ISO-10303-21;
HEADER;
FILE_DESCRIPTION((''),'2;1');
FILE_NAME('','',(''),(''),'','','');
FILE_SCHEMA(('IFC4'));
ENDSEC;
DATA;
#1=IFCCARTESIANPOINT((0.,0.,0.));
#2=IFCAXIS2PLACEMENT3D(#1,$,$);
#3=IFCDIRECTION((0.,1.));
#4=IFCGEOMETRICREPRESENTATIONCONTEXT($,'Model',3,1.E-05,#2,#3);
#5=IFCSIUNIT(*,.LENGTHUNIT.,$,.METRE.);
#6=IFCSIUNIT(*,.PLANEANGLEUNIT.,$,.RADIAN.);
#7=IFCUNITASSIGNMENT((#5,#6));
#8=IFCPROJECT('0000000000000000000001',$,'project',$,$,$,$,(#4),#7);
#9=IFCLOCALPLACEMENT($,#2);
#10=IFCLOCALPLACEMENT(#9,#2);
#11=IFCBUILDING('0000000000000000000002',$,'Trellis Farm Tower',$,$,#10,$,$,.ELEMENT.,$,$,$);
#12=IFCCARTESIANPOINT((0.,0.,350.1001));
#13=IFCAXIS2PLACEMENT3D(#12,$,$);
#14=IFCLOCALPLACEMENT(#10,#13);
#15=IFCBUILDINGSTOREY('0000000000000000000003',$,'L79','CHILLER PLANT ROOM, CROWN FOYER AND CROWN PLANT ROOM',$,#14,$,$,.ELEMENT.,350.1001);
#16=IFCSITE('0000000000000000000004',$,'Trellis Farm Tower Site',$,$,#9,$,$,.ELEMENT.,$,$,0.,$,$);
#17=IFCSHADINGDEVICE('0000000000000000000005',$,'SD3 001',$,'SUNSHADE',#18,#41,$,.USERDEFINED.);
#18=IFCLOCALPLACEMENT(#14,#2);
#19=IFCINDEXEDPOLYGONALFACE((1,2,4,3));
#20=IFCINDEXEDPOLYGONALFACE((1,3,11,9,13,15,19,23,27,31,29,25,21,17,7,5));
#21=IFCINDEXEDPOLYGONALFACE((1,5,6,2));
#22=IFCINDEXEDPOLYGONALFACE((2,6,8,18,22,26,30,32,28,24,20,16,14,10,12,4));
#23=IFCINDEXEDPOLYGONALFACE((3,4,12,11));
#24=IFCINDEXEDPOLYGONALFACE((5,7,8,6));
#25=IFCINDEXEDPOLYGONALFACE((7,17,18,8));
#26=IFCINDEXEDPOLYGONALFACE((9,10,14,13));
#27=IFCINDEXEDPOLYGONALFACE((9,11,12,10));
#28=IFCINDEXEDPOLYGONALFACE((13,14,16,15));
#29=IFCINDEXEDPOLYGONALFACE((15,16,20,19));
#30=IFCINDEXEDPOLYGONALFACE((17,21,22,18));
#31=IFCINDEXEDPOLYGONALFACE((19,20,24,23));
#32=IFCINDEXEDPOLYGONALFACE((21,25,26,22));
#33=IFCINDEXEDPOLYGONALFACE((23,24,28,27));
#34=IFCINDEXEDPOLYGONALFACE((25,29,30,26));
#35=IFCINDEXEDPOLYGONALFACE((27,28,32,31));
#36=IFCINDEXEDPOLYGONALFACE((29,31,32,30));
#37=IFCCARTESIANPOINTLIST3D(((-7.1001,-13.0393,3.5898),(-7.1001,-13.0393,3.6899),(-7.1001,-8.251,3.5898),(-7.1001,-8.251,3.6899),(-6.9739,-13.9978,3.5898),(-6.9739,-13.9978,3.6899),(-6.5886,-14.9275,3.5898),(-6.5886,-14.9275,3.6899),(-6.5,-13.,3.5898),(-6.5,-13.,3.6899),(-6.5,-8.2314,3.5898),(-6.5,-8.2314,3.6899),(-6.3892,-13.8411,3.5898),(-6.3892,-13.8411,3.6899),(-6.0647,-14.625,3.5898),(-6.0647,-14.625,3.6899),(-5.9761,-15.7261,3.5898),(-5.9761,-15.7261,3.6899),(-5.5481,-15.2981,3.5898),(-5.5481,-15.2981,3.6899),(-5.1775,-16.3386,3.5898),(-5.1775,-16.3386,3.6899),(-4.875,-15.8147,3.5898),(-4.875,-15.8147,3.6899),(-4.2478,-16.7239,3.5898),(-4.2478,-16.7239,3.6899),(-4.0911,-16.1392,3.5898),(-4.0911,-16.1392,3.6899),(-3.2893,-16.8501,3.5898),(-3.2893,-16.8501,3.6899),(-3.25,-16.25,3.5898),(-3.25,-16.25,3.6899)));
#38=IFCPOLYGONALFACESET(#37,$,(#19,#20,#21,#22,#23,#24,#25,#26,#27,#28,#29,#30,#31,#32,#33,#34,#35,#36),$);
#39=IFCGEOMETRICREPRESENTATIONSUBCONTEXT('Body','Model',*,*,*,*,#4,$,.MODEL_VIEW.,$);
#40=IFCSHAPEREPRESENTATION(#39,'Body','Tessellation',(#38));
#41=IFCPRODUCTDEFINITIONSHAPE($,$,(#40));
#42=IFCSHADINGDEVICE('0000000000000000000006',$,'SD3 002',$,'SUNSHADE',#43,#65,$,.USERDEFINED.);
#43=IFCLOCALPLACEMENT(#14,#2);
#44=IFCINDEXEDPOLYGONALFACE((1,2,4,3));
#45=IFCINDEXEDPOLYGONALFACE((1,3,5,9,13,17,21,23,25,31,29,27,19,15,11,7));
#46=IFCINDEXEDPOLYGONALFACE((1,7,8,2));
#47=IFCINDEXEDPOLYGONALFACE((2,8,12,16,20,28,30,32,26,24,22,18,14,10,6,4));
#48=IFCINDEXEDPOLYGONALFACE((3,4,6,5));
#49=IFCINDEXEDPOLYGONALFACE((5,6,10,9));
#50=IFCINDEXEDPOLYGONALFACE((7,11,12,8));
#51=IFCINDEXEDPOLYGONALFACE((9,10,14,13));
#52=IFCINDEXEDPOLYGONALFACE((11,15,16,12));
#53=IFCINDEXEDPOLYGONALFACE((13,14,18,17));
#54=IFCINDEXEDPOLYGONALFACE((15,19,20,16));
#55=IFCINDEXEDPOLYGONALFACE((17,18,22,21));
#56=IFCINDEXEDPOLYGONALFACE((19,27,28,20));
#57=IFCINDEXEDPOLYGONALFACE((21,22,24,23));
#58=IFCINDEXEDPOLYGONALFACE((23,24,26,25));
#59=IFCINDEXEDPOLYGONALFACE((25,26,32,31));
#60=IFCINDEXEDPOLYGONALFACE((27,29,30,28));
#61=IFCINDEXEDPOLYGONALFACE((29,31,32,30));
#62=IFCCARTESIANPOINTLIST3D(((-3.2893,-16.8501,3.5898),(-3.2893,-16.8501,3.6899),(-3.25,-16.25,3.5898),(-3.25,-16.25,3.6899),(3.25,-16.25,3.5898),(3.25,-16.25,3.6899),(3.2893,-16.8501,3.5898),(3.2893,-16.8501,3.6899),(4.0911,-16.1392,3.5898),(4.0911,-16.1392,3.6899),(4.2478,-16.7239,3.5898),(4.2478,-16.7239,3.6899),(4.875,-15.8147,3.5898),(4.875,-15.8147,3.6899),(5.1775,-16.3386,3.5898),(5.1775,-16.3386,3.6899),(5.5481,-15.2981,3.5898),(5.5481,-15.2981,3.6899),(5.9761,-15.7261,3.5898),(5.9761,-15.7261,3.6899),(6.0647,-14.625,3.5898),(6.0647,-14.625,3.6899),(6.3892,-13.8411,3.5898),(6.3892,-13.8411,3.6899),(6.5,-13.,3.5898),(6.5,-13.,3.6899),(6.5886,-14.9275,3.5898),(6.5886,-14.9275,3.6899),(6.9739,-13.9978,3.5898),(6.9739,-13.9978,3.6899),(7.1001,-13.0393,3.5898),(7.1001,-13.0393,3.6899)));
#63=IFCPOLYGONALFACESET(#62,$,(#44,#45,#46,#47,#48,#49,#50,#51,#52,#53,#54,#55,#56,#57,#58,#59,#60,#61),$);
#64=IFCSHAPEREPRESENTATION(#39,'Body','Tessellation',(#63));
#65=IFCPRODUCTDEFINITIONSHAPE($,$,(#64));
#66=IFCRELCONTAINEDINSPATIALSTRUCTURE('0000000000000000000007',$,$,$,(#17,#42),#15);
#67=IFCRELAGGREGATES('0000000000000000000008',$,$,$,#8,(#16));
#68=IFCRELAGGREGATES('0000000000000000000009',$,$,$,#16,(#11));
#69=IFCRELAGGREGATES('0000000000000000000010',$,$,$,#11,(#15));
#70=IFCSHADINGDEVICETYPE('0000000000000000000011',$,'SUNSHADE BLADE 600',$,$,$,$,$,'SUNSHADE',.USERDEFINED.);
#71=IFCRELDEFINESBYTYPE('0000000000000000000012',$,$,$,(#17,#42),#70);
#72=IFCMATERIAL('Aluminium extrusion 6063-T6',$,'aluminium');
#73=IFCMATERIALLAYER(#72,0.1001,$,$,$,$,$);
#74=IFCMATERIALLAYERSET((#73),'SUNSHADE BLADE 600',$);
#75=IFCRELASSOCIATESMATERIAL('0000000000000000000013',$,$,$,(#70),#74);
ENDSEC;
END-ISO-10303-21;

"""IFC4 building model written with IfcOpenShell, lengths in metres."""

from ifc_helpers import new_model, si_unit, direction, frame, origin, place, context, subcontext, project, spatial, polyline, outline, extrude, source, transform, mapped, material, layer, layer_set, type_object, element, save


model = new_model("IFC4")

# Units and contexts
model_context = context("Model", 3, precision=1e-05, world=origin(), true_north=direction((0.0, 1.0)))
body_context = subcontext(model_context, "Body", "Model", "MODEL_VIEW")
ifc_project = project(units=[si_unit("LENGTHUNIT", "METRE"), si_unit("PLANEANGLEUNIT", "RADIAN")], contexts=[model_context])

# Site, building, storey
site_placement = place(None, origin())
site = spatial("IfcSite", under=ifc_project, at=site_placement, Name="Trellis Farm Tower Site", CompositionType="ELEMENT", RefElevation=0.0)
building_placement = place(site_placement, origin())
building = spatial("IfcBuilding", under=site, at=building_placement, Name="Trellis Farm Tower", CompositionType="ELEMENT")
storey_placement = place(building_placement, frame((0.0, 0.0, 350.1001)))
storey = spatial("IfcBuildingStorey", under=building, at=storey_placement, Name="L79", Description="CHILLER PLANT ROOM, CROWN FOYER AND CROWN PLANT ROOM", CompositionType="ELEMENT", Elevation=350.1001)

# Shared definitions
ifc_material_1 = material(Name="Aluminium extrusion 6063-T6", Category="aluminium")

# Shading devices
ifc_layer_1 = layer(ifc_material_1, 0.1001)
ifc_layer_set_1 = layer_set([ifc_layer_1], Name="SUNSHADE BLADE 600")
shading_device_type = type_object("IfcShadingDeviceType", Name="SUNSHADE BLADE 600", ElementType="SUNSHADE", PredefinedType="USERDEFINED", material=ifc_layer_set_1)
shared_shape_1 = source(origin(), body_context, "Body", "SweptSolid", [
    extrude(outline(polyline([(-7.1001, -8.251), (-7.1001, -13.0393), (-6.9739, -13.9978), (-6.5886, -14.9275), (-5.9761, -15.7261), (-5.1775, -16.3386), (-4.2478, -16.7239), (-3.2893, -16.8501), (-3.25, -16.25), (-4.0911, -16.1392), (-4.875, -15.8147), (-5.5481, -15.2981), (-6.0647, -14.625), (-6.3892, -13.8411), (-6.5, -13.0), (-6.5, -8.2314), (-7.1001, -8.251)])), origin(), (0.0, 0.0, 1.0), 0.1001),
])
placement_1 = place(storey_placement, frame((0.0, 0.0, 3.5898)))
element("IfcShadingDevice", 1, at=placement_1, inside=storey, type_object=shading_device_type, Name="SD3 001", ObjectType="SUNSHADE", PredefinedType="USERDEFINED", context=body_context, shape_type="MappedRepresentation", body=[
    mapped(shared_shape_1, transform((0.0, 0.0, 0.0))),
])
shared_shape_2 = source(origin(), body_context, "Body", "SweptSolid", [
    extrude(outline(polyline([(-3.2893, -16.8501), (3.2893, -16.8501), (4.2478, -16.7239), (5.1775, -16.3386), (5.9761, -15.7261), (6.5886, -14.9275), (6.9739, -13.9978), (7.1001, -13.0393), (6.5, -13.0), (6.3892, -13.8411), (6.0647, -14.625), (5.5481, -15.2981), (4.875, -15.8147), (4.0911, -16.1392), (3.25, -16.25), (-3.25, -16.25), (-3.2893, -16.8501)])), origin(), (0.0, 0.0, 1.0), 0.1001),
])
element("IfcShadingDevice", 2, at=placement_1, inside=storey, type_object=shading_device_type, Name="SD3 002", ObjectType="SUNSHADE", PredefinedType="USERDEFINED", context=body_context, shape_type="MappedRepresentation", body=[
    mapped(shared_shape_2, transform((0.0, 0.0, 0.0))),
])

save(model, "model.ifc")
